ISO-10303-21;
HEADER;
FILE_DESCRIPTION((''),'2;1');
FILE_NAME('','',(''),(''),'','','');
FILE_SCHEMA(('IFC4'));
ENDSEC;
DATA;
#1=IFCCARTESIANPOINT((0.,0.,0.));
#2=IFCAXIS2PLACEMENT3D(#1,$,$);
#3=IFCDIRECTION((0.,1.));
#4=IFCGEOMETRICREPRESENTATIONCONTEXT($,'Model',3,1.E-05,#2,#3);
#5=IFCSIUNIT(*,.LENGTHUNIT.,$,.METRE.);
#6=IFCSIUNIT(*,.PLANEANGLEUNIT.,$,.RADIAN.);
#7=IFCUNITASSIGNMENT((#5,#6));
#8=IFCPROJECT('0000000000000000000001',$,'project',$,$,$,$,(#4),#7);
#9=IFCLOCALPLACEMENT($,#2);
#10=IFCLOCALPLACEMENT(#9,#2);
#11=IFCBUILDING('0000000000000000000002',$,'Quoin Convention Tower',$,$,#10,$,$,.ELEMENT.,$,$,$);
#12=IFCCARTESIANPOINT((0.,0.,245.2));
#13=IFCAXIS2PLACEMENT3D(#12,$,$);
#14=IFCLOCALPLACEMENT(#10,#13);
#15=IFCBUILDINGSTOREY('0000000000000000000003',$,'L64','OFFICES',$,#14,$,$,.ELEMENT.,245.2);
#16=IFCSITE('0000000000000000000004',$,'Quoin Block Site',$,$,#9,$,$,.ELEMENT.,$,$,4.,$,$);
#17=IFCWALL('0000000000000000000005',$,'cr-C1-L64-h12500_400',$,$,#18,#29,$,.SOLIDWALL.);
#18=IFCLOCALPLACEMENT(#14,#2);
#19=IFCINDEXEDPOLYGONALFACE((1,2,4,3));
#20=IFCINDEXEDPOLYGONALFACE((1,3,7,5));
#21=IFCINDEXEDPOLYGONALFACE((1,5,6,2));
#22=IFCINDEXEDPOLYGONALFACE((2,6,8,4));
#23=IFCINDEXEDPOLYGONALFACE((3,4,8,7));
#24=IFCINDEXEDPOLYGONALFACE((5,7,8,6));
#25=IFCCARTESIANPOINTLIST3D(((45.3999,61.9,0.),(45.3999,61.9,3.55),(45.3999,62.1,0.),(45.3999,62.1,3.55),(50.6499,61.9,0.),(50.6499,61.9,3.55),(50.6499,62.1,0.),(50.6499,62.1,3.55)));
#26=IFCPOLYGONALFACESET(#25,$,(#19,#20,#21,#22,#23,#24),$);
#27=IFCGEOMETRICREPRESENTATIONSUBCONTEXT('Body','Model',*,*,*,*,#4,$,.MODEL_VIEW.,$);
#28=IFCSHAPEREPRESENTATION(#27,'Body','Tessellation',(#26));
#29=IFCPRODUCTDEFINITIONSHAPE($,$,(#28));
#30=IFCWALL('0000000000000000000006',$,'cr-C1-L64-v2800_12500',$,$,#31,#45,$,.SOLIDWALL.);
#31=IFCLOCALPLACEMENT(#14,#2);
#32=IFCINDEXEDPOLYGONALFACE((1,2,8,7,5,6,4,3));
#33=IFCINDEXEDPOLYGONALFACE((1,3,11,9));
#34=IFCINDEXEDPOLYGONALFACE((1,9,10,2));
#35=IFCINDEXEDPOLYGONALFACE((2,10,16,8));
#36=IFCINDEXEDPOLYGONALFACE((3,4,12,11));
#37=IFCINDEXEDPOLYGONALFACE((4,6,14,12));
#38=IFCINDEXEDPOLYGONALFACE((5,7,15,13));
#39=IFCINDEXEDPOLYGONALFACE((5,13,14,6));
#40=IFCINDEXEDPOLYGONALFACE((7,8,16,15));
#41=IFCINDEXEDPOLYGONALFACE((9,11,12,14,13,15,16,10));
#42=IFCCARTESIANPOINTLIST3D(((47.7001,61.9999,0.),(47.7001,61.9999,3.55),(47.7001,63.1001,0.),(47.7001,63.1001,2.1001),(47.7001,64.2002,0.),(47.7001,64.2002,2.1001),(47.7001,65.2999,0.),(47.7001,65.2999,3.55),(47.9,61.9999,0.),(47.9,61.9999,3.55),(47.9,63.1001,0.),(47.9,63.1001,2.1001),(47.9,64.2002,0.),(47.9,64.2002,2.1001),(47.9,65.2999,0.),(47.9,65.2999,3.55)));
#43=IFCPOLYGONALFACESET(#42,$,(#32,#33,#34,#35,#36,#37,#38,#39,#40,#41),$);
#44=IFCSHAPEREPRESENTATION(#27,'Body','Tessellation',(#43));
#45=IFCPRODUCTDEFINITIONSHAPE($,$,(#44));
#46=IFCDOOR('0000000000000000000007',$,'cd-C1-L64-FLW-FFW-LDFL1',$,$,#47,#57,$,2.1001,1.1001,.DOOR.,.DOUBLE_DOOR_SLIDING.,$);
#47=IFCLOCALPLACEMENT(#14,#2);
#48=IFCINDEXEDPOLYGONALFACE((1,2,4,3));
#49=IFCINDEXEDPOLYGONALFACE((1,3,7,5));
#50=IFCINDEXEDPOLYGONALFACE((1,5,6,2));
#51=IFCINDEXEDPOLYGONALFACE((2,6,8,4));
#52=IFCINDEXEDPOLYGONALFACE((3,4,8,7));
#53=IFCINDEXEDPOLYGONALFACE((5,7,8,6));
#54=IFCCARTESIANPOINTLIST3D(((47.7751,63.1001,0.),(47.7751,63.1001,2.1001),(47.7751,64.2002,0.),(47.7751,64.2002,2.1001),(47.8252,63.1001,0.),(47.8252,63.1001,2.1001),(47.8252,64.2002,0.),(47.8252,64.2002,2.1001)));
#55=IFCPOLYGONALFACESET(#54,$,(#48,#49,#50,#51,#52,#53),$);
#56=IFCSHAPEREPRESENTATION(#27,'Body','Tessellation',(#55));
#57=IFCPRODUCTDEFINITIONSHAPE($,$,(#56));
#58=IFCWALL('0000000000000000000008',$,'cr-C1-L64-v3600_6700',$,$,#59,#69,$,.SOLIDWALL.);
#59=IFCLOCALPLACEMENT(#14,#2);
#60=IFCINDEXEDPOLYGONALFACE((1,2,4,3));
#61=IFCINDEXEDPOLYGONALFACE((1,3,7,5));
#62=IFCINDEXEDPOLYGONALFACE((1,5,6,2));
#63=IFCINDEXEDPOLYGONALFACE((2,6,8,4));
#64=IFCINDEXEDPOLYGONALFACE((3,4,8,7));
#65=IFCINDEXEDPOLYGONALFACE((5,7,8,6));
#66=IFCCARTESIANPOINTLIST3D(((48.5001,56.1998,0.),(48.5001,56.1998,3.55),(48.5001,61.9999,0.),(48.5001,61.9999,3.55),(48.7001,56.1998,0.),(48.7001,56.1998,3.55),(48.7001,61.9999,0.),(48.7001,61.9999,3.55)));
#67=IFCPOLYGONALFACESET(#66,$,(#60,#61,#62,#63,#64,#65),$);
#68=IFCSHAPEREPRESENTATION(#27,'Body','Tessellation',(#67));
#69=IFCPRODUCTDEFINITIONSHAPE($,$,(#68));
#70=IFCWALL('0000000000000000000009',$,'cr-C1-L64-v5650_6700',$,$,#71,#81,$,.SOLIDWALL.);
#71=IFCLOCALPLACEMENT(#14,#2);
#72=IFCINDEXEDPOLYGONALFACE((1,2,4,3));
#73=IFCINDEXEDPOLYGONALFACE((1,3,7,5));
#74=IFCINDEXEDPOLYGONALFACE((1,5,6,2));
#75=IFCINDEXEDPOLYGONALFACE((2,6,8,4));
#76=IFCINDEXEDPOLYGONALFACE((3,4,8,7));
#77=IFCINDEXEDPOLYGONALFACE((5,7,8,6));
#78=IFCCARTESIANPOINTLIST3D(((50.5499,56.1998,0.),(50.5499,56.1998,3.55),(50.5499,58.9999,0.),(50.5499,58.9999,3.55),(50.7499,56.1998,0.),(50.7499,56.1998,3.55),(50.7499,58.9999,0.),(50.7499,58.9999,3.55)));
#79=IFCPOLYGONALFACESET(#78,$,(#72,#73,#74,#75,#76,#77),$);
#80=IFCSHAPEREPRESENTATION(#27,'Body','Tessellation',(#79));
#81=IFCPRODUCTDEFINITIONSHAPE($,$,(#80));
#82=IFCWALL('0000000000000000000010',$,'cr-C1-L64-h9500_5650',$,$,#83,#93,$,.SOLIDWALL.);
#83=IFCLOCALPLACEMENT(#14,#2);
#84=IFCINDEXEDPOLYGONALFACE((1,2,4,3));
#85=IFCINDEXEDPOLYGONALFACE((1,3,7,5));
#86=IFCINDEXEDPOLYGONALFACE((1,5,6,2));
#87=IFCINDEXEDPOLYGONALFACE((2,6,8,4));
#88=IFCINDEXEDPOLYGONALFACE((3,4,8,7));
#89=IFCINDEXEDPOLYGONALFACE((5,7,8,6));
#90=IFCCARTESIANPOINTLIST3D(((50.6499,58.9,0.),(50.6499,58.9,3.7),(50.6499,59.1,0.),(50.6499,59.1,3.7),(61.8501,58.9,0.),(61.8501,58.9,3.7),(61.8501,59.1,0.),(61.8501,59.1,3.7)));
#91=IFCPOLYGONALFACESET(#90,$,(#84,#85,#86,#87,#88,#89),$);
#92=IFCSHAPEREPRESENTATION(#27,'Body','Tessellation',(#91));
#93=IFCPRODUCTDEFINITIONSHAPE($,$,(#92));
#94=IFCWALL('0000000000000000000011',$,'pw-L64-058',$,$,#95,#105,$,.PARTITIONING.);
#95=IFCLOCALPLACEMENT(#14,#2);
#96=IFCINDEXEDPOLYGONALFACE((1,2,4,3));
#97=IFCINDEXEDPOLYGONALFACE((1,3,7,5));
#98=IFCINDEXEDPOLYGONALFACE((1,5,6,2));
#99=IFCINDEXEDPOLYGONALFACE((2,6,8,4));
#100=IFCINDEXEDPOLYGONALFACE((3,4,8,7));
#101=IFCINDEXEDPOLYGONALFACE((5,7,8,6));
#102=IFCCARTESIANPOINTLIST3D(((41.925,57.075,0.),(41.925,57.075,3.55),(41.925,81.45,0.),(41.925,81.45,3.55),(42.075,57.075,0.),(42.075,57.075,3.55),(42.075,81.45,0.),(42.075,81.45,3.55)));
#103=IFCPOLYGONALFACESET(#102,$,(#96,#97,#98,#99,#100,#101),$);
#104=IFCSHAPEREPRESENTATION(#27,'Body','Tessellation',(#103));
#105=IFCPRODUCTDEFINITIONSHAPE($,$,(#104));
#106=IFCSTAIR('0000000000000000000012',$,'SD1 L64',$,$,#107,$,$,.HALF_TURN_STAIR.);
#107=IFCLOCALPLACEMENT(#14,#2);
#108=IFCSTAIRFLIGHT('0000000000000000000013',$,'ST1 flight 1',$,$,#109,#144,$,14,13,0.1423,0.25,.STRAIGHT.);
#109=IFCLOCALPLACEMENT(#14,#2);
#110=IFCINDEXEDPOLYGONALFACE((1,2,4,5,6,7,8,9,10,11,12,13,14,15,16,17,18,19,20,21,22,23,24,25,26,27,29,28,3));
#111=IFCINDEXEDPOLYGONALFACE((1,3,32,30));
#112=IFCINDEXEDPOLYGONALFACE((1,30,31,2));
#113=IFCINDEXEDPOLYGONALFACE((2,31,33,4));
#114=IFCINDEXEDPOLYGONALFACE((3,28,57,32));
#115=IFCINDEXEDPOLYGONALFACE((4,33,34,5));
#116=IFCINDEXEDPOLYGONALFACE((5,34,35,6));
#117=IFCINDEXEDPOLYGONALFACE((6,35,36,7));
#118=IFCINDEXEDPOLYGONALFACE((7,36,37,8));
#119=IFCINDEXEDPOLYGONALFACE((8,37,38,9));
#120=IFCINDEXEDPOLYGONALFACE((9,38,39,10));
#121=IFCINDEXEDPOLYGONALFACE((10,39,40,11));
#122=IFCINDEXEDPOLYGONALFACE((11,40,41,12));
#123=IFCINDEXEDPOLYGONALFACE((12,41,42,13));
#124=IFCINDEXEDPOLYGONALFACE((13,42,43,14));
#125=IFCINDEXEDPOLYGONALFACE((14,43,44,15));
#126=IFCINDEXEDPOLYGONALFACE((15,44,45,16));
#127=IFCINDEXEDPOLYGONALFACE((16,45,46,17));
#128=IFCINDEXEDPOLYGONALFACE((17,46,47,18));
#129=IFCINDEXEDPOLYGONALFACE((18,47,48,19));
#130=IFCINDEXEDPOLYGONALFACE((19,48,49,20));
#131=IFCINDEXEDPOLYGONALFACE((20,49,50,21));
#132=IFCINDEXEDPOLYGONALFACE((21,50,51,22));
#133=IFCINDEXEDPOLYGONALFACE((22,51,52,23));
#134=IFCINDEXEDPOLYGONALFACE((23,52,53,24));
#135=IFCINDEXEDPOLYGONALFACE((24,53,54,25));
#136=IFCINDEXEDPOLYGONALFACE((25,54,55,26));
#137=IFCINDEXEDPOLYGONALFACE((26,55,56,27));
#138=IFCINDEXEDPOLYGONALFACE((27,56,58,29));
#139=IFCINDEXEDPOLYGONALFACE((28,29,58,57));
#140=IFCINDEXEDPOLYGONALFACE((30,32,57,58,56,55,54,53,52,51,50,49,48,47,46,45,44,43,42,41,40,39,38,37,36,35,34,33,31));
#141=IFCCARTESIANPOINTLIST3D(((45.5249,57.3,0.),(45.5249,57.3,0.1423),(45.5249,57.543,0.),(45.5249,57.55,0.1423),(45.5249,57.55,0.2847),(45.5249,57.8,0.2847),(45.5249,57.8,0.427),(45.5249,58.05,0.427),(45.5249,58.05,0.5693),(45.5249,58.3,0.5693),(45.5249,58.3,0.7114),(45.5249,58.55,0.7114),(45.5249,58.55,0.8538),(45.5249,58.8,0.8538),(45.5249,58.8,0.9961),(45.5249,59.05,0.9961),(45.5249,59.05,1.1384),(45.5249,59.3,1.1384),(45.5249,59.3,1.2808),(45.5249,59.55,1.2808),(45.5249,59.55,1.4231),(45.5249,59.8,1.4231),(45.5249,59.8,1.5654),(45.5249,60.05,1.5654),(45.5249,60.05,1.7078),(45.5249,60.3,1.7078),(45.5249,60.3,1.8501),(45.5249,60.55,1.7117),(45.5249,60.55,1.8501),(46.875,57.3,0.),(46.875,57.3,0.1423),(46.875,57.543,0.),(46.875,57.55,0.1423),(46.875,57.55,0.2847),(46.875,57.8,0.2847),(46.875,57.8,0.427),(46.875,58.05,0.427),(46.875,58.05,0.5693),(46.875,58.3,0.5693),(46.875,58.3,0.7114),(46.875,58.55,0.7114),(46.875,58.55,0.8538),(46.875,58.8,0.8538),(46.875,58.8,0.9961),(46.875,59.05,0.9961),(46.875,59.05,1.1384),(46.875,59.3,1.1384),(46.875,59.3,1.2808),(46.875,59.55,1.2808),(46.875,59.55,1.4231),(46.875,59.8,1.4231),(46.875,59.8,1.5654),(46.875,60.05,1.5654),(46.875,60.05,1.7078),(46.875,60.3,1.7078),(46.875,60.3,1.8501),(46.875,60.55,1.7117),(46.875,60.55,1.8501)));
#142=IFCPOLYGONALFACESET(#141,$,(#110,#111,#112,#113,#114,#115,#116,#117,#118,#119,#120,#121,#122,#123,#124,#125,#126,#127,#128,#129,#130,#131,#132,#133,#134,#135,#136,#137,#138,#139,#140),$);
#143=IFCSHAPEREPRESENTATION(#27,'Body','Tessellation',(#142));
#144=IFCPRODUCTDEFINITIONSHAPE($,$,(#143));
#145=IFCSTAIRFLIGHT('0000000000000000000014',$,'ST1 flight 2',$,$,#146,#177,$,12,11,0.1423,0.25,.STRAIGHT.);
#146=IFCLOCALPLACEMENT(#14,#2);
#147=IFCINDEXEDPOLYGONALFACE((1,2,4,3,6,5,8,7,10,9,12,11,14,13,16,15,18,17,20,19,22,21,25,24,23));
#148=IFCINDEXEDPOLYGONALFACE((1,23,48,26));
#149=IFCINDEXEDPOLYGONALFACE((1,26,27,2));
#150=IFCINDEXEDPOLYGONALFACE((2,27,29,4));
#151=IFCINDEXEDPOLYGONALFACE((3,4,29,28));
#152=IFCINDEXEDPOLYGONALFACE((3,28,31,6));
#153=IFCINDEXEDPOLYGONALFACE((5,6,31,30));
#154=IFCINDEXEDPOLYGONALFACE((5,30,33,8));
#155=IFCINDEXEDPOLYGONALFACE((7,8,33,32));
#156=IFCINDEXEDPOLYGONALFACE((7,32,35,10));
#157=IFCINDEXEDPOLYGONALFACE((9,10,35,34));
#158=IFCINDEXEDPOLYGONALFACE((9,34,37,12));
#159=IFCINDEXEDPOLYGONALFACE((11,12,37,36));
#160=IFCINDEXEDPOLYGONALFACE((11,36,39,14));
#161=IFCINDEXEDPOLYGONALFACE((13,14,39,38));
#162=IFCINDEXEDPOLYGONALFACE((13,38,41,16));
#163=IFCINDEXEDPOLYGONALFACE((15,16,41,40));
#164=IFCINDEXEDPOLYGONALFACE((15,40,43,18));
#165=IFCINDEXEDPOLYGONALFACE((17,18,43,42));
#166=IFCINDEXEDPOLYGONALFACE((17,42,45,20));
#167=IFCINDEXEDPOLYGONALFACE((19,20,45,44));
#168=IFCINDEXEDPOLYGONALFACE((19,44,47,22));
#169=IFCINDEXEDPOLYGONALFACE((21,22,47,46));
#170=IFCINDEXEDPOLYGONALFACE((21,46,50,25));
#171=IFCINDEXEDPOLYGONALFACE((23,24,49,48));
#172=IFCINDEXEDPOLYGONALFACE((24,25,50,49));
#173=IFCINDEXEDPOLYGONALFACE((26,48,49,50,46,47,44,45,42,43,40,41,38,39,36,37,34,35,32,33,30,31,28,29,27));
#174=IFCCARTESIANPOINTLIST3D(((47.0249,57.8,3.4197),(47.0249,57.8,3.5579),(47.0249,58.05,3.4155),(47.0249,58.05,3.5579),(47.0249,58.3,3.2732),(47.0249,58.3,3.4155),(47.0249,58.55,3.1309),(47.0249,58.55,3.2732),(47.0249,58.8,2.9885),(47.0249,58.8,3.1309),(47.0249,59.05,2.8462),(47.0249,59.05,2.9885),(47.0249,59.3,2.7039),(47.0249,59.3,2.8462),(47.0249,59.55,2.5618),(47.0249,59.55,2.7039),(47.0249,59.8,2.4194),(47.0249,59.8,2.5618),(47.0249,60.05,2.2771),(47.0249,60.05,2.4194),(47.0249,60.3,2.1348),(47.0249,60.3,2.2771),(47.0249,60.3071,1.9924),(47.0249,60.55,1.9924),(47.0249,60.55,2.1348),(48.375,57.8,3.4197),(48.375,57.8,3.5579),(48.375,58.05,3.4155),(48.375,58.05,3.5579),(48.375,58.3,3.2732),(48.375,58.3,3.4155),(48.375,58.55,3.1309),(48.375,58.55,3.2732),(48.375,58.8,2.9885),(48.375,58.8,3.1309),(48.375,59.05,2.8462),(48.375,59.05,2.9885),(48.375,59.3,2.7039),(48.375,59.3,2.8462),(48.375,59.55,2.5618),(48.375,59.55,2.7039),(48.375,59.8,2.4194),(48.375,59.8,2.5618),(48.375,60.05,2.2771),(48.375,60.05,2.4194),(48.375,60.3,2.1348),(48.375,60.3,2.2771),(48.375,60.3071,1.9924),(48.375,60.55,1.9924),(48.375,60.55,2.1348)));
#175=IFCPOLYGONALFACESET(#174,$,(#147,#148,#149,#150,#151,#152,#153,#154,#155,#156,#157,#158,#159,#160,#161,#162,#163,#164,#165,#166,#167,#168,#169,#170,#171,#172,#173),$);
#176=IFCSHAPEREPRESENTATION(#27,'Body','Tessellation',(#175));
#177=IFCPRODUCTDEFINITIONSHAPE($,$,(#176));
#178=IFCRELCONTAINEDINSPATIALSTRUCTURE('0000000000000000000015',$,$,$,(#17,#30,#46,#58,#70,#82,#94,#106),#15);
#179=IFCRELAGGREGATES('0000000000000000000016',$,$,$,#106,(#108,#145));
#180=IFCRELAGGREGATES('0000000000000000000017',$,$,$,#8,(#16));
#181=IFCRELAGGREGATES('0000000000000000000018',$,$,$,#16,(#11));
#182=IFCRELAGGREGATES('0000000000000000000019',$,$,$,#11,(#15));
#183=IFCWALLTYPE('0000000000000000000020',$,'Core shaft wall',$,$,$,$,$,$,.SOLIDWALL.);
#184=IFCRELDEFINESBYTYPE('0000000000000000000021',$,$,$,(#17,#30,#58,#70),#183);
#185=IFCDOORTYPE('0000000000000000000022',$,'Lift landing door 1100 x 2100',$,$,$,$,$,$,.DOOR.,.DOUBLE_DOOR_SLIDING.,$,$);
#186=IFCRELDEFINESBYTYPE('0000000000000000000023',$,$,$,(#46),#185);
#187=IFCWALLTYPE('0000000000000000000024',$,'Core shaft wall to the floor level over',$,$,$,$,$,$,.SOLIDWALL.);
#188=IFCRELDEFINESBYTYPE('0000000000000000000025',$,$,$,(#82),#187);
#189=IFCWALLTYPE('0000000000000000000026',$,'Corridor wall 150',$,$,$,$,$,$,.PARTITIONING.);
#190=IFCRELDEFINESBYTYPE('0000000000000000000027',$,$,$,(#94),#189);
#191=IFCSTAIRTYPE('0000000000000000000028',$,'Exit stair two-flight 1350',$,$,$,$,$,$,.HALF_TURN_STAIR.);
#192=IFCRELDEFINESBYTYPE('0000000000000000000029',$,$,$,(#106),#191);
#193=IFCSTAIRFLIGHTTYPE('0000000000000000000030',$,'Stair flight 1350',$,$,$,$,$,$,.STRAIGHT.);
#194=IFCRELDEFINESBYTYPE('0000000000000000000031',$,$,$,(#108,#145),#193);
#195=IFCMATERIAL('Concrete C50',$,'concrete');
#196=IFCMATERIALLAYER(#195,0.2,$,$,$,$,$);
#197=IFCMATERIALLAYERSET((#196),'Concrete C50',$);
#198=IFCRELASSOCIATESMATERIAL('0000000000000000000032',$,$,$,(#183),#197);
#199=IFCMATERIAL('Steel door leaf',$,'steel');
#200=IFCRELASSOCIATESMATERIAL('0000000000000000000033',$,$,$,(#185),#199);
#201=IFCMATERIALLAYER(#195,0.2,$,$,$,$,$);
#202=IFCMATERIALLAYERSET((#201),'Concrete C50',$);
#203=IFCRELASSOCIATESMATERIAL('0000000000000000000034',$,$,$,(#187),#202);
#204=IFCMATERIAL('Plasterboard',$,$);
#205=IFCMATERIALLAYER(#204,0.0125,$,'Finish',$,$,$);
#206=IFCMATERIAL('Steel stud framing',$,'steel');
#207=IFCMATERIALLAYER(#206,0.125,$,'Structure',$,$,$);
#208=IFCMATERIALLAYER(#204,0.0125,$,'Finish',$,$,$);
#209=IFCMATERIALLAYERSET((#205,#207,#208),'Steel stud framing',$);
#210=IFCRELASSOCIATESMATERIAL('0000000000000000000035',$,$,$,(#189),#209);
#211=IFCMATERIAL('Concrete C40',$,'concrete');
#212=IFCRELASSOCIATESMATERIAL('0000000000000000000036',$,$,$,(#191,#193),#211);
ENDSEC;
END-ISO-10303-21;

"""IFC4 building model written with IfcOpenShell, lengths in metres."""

from ifc_helpers import new_model, si_unit, direction, frame, frame_2d, origin, place, context, subcontext, project, spatial, polyline, rectangle, outline, extrude, material, layer, layer_set, type_object, element, fill, aggregate, save


model = new_model("IFC4")

# Units and contexts
model_context = context("Model", 3, precision=1e-05, world=origin(), true_north=direction((0.0, 1.0)))
body_context = subcontext(model_context, "Body", "Model", "MODEL_VIEW")
ifc_project = project(units=[si_unit("LENGTHUNIT", "METRE"), si_unit("PLANEANGLEUNIT", "RADIAN")], contexts=[model_context])

# Site, building, storey
site_placement = place(None, origin())
site = spatial("IfcSite", under=ifc_project, at=site_placement, Name="Quoin Block Site", CompositionType="ELEMENT", RefElevation=4.0)
building_placement = place(site_placement, origin())
building = spatial("IfcBuilding", under=site, at=building_placement, Name="Quoin Convention Tower", CompositionType="ELEMENT")
storey_placement = place(building_placement, frame((0.0, 0.0, 245.2)))
storey = spatial("IfcBuildingStorey", under=building, at=storey_placement, Name="L64", Description="OFFICES", CompositionType="ELEMENT", Elevation=245.2)

# Wall
ifc_material_1 = material(Name="Concrete C50", Category="concrete")
ifc_layer_1 = layer(ifc_material_1, 0.2)
ifc_layer_set_1 = layer_set([ifc_layer_1], Name="Concrete C50")
wall_type_1 = type_object("IfcWallType", Name="Core shaft wall", PredefinedType="SOLIDWALL", material=ifc_layer_set_1)
wall_1_placement = place(storey_placement, frame((45.3999, 62.0, 0.0), z_axis=(0.0, 0.0, 1.0), x_axis=(1.0, 0.0, 0.0)))
element("IfcWall", 1, at=wall_1_placement, inside=storey, type_object=wall_type_1, Name="cr-C1-L64-h12500_400", PredefinedType="SOLIDWALL", context=body_context, shape_type="SweptSolid", body=[
    extrude(rectangle(XDim=5.25, YDim=0.2, at=frame_2d((2.625, 0.0))), origin(), (0.0, 0.0, 1.0), 3.55),
])

# Wall, opening, door
wall_2_placement = place(storey_placement, frame((47.8, 62.0, 0.0), z_axis=(0.0, 0.0, 1.0), x_axis=(0.0, 1.0, 0.0)))
wall_2 = element("IfcWall", 2, at=wall_2_placement, inside=storey, type_object=wall_type_1, Name="cr-C1-L64-v2800_12500", PredefinedType="SOLIDWALL", context=body_context, shape_type="SweptSolid", body=[
    extrude(rectangle(XDim=3.3, YDim=0.2, at=frame_2d((1.6499, 0.0))), origin(), (0.0, 0.0, 1.0), 3.55),
])
opening_placement = place(wall_2_placement, frame((1.1001, 0.0, 0.0)))
opening = element("IfcOpeningElement", 3, at=opening_placement, cuts=wall_2, PredefinedType="OPENING", context=body_context, shape_type="SweptSolid", body=[
    extrude(rectangle(XDim=1.1001, YDim=2.1001, at=frame_2d((0.55, 1.05))), frame((0.0, 0.1099, 0.0), z_axis=(0.0, -1.0, 0.0), x_axis=(1.0, 0.0, 0.0)), (0.0, 0.0, 1.0), 0.22),
])
ifc_material_2 = material(Name="Steel door leaf", Category="steel")
door_type = type_object("IfcDoorType", Name="Lift landing door 1100 x 2100", OperationType="DOUBLE_DOOR_SLIDING", PredefinedType="DOOR", material=ifc_material_2)
door_placement = place(opening_placement, origin())
door = element("IfcDoor", 4, at=door_placement, inside=storey, type_object=door_type, Name="cd-C1-L64-FLW-FFW-LDFL1", OperationType="DOUBLE_DOOR_SLIDING", OverallHeight=2.1001, OverallWidth=1.1001, PredefinedType="DOOR", context=body_context, shape_type="SweptSolid", body=[
    extrude(rectangle(XDim=1.1001, YDim=2.1001, at=frame_2d((0.55, 1.05))), frame((0.0, 0.0249, 0.0), z_axis=(0.0, -1.0, 0.0), x_axis=(1.0, 0.0, 0.0)), (0.0, 0.0, 1.0), 0.05),
])
fill(opening, door)

# Walls
wall_3_placement = place(storey_placement, frame((48.6001, 56.2, 0.0), z_axis=(0.0, 0.0, 1.0), x_axis=(0.0, 1.0, 0.0)))
element("IfcWall", 5, at=wall_3_placement, inside=storey, type_object=wall_type_1, Name="cr-C1-L64-v3600_6700", PredefinedType="SOLIDWALL", context=body_context, shape_type="SweptSolid", body=[
    extrude(rectangle(XDim=5.8, YDim=0.2, at=frame_2d((2.8999, 0.0))), origin(), (0.0, 0.0, 1.0), 3.55),
])
wall_4_placement = place(storey_placement, frame((50.6499, 56.2, 0.0), z_axis=(0.0, 0.0, 1.0), x_axis=(0.0, 1.0, 0.0)))
element("IfcWall", 6, at=wall_4_placement, inside=storey, type_object=wall_type_1, Name="cr-C1-L64-v5650_6700", PredefinedType="SOLIDWALL", context=body_context, shape_type="SweptSolid", body=[
    extrude(rectangle(XDim=2.8, YDim=0.2, at=frame_2d((1.3999, 0.0))), origin(), (0.0, 0.0, 1.0), 3.55),
])
ifc_layer_2 = layer(ifc_material_1, 0.2)
ifc_layer_set_2 = layer_set([ifc_layer_2], Name="Concrete C50")
wall_type_2 = type_object("IfcWallType", Name="Core shaft wall to the floor level over", PredefinedType="SOLIDWALL", material=ifc_layer_set_2)
wall_5_placement = place(storey_placement, frame((50.6499, 59.0, 0.0), z_axis=(0.0, 0.0, 1.0), x_axis=(1.0, 0.0, 0.0)))
element("IfcWall", 7, at=wall_5_placement, inside=storey, type_object=wall_type_2, Name="cr-C1-L64-h9500_5650", PredefinedType="SOLIDWALL", context=body_context, shape_type="SweptSolid", body=[
    extrude(rectangle(XDim=11.2002, YDim=0.2, at=frame_2d((5.6001, 0.0))), origin(), (0.0, 0.0, 1.0), 3.7),
])
ifc_material_3 = material(Name="Plasterboard")
ifc_layer_3 = layer(ifc_material_3, 0.0125, Name="Finish")
ifc_material_4 = material(Name="Steel stud framing", Category="steel")
ifc_layer_4 = layer(ifc_material_4, 0.125, Name="Structure")
ifc_layer_5 = layer(ifc_material_3, 0.0125, Name="Finish")
ifc_layer_set_3 = layer_set([ifc_layer_3, ifc_layer_4, ifc_layer_5], Name="Steel stud framing")
wall_type_3 = type_object("IfcWallType", Name="Corridor wall 150", PredefinedType="PARTITIONING", material=ifc_layer_set_3)
wall_6_placement = place(storey_placement, frame((42.0, 57.075, 0.0), z_axis=(0.0, 0.0, 1.0), x_axis=(0.0, 1.0, 0.0)))
element("IfcWall", 8, at=wall_6_placement, inside=storey, type_object=wall_type_3, Name="pw-L64-058", PredefinedType="PARTITIONING", context=body_context, shape_type="SweptSolid", body=[
    extrude(rectangle(XDim=24.375, YDim=0.1499, at=frame_2d((12.1875, 0.0))), origin(), (0.0, 0.0, 1.0), 3.55),
])

# Stair, stair flights
ifc_material_5 = material(Name="Concrete C40", Category="concrete")
stair_type = type_object("IfcStairType", Name="Exit stair two-flight 1350", PredefinedType="HALF_TURN_STAIR", material=ifc_material_5)
stair_placement = place(storey_placement, origin())
stair = element("IfcStair", 9, at=stair_placement, inside=storey, type_object=stair_type, Name="SD1 L64", PredefinedType="HALF_TURN_STAIR")
stair_flight_type = type_object("IfcStairFlightType", Name="Stair flight 1350", PredefinedType="STRAIGHT", material=ifc_material_5)
stair_flight_1_placement = place(storey_placement, frame((46.2, 57.3, 0.0), z_axis=(0.0, 0.0, 1.0), x_axis=(0.0, 1.0, 0.0)))
stair_flight_1 = element("IfcStairFlight", 10, at=stair_flight_1_placement, type_object=stair_flight_type, Name="ST1 flight 1", NumberOfRisers=14, NumberOfTreads=13, PredefinedType="STRAIGHT", RiserHeight=0.1423, TreadLength=0.25, context=body_context, shape_type="SweptSolid", body=[
    extrude(outline(polyline([(0.0, 0.0), (0.0, 0.1423), (0.25, 0.1423), (0.25, 0.2847), (0.5, 0.2847), (0.5, 0.427), (0.75, 0.427), (0.75, 0.5693), (1.0, 0.5693), (1.0, 0.7114), (1.25, 0.7114), (1.25, 0.8538), (1.5, 0.8538), (1.5, 0.9961), (1.75, 0.9961), (1.75, 1.1384), (2.0, 1.1384), (2.0, 1.2808), (2.25, 1.2808), (2.25, 1.4231), (2.5, 1.4231), (2.5, 1.5654), (2.75, 1.5654), (2.75, 1.7078), (3.0, 1.7078), (3.0, 1.8501), (3.25, 1.8501), (3.25, 1.9922), (3.25, 1.7117), (0.2429, 0.0), (0.0, 0.0)])), frame((0.0, 0.675, 0.0), z_axis=(0.0, -1.0, 0.0), x_axis=(1.0, 0.0, 0.0)), (0.0, 0.0, 1.0), 1.3501),
])
stair_flight_2_placement = place(storey_placement, frame((47.7, 60.55, 1.9924), z_axis=(0.0, 0.0, 1.0), x_axis=(0.0, -1.0, 0.0)))
stair_flight_2 = element("IfcStairFlight", 11, at=stair_flight_2_placement, type_object=stair_flight_type, Name="ST1 flight 2", NumberOfRisers=12, NumberOfTreads=11, PredefinedType="STRAIGHT", RiserHeight=0.1423, TreadLength=0.25, context=body_context, shape_type="SweptSolid", body=[
    extrude(outline(polyline([(0.0, 0.0), (0.0, 0.1423), (0.25, 0.1423), (0.25, 0.2847), (0.5, 0.2847), (0.5, 0.427), (0.75, 0.427), (0.75, 0.5693), (1.0, 0.5693), (1.0, 0.7114), (1.25, 0.7114), (1.25, 0.8538), (1.5, 0.8538), (1.5, 0.9961), (1.75, 0.9961), (1.75, 1.1384), (2.0, 1.1384), (2.0, 1.2808), (2.25, 1.2808), (2.25, 1.4231), (2.5, 1.4231), (2.5, 1.5654), (2.75, 1.5654), (2.75, 1.7078), (2.75, 1.4272), (0.2429, 0.0), (0.0, 0.0)])), frame((0.0, 0.675, 0.0), z_axis=(0.0, -1.0, 0.0), x_axis=(1.0, 0.0, 0.0)), (0.0, 0.0, 1.0), 1.3501),
])
aggregate(stair, [stair_flight_1, stair_flight_2])

save(model, "model.ifc")
